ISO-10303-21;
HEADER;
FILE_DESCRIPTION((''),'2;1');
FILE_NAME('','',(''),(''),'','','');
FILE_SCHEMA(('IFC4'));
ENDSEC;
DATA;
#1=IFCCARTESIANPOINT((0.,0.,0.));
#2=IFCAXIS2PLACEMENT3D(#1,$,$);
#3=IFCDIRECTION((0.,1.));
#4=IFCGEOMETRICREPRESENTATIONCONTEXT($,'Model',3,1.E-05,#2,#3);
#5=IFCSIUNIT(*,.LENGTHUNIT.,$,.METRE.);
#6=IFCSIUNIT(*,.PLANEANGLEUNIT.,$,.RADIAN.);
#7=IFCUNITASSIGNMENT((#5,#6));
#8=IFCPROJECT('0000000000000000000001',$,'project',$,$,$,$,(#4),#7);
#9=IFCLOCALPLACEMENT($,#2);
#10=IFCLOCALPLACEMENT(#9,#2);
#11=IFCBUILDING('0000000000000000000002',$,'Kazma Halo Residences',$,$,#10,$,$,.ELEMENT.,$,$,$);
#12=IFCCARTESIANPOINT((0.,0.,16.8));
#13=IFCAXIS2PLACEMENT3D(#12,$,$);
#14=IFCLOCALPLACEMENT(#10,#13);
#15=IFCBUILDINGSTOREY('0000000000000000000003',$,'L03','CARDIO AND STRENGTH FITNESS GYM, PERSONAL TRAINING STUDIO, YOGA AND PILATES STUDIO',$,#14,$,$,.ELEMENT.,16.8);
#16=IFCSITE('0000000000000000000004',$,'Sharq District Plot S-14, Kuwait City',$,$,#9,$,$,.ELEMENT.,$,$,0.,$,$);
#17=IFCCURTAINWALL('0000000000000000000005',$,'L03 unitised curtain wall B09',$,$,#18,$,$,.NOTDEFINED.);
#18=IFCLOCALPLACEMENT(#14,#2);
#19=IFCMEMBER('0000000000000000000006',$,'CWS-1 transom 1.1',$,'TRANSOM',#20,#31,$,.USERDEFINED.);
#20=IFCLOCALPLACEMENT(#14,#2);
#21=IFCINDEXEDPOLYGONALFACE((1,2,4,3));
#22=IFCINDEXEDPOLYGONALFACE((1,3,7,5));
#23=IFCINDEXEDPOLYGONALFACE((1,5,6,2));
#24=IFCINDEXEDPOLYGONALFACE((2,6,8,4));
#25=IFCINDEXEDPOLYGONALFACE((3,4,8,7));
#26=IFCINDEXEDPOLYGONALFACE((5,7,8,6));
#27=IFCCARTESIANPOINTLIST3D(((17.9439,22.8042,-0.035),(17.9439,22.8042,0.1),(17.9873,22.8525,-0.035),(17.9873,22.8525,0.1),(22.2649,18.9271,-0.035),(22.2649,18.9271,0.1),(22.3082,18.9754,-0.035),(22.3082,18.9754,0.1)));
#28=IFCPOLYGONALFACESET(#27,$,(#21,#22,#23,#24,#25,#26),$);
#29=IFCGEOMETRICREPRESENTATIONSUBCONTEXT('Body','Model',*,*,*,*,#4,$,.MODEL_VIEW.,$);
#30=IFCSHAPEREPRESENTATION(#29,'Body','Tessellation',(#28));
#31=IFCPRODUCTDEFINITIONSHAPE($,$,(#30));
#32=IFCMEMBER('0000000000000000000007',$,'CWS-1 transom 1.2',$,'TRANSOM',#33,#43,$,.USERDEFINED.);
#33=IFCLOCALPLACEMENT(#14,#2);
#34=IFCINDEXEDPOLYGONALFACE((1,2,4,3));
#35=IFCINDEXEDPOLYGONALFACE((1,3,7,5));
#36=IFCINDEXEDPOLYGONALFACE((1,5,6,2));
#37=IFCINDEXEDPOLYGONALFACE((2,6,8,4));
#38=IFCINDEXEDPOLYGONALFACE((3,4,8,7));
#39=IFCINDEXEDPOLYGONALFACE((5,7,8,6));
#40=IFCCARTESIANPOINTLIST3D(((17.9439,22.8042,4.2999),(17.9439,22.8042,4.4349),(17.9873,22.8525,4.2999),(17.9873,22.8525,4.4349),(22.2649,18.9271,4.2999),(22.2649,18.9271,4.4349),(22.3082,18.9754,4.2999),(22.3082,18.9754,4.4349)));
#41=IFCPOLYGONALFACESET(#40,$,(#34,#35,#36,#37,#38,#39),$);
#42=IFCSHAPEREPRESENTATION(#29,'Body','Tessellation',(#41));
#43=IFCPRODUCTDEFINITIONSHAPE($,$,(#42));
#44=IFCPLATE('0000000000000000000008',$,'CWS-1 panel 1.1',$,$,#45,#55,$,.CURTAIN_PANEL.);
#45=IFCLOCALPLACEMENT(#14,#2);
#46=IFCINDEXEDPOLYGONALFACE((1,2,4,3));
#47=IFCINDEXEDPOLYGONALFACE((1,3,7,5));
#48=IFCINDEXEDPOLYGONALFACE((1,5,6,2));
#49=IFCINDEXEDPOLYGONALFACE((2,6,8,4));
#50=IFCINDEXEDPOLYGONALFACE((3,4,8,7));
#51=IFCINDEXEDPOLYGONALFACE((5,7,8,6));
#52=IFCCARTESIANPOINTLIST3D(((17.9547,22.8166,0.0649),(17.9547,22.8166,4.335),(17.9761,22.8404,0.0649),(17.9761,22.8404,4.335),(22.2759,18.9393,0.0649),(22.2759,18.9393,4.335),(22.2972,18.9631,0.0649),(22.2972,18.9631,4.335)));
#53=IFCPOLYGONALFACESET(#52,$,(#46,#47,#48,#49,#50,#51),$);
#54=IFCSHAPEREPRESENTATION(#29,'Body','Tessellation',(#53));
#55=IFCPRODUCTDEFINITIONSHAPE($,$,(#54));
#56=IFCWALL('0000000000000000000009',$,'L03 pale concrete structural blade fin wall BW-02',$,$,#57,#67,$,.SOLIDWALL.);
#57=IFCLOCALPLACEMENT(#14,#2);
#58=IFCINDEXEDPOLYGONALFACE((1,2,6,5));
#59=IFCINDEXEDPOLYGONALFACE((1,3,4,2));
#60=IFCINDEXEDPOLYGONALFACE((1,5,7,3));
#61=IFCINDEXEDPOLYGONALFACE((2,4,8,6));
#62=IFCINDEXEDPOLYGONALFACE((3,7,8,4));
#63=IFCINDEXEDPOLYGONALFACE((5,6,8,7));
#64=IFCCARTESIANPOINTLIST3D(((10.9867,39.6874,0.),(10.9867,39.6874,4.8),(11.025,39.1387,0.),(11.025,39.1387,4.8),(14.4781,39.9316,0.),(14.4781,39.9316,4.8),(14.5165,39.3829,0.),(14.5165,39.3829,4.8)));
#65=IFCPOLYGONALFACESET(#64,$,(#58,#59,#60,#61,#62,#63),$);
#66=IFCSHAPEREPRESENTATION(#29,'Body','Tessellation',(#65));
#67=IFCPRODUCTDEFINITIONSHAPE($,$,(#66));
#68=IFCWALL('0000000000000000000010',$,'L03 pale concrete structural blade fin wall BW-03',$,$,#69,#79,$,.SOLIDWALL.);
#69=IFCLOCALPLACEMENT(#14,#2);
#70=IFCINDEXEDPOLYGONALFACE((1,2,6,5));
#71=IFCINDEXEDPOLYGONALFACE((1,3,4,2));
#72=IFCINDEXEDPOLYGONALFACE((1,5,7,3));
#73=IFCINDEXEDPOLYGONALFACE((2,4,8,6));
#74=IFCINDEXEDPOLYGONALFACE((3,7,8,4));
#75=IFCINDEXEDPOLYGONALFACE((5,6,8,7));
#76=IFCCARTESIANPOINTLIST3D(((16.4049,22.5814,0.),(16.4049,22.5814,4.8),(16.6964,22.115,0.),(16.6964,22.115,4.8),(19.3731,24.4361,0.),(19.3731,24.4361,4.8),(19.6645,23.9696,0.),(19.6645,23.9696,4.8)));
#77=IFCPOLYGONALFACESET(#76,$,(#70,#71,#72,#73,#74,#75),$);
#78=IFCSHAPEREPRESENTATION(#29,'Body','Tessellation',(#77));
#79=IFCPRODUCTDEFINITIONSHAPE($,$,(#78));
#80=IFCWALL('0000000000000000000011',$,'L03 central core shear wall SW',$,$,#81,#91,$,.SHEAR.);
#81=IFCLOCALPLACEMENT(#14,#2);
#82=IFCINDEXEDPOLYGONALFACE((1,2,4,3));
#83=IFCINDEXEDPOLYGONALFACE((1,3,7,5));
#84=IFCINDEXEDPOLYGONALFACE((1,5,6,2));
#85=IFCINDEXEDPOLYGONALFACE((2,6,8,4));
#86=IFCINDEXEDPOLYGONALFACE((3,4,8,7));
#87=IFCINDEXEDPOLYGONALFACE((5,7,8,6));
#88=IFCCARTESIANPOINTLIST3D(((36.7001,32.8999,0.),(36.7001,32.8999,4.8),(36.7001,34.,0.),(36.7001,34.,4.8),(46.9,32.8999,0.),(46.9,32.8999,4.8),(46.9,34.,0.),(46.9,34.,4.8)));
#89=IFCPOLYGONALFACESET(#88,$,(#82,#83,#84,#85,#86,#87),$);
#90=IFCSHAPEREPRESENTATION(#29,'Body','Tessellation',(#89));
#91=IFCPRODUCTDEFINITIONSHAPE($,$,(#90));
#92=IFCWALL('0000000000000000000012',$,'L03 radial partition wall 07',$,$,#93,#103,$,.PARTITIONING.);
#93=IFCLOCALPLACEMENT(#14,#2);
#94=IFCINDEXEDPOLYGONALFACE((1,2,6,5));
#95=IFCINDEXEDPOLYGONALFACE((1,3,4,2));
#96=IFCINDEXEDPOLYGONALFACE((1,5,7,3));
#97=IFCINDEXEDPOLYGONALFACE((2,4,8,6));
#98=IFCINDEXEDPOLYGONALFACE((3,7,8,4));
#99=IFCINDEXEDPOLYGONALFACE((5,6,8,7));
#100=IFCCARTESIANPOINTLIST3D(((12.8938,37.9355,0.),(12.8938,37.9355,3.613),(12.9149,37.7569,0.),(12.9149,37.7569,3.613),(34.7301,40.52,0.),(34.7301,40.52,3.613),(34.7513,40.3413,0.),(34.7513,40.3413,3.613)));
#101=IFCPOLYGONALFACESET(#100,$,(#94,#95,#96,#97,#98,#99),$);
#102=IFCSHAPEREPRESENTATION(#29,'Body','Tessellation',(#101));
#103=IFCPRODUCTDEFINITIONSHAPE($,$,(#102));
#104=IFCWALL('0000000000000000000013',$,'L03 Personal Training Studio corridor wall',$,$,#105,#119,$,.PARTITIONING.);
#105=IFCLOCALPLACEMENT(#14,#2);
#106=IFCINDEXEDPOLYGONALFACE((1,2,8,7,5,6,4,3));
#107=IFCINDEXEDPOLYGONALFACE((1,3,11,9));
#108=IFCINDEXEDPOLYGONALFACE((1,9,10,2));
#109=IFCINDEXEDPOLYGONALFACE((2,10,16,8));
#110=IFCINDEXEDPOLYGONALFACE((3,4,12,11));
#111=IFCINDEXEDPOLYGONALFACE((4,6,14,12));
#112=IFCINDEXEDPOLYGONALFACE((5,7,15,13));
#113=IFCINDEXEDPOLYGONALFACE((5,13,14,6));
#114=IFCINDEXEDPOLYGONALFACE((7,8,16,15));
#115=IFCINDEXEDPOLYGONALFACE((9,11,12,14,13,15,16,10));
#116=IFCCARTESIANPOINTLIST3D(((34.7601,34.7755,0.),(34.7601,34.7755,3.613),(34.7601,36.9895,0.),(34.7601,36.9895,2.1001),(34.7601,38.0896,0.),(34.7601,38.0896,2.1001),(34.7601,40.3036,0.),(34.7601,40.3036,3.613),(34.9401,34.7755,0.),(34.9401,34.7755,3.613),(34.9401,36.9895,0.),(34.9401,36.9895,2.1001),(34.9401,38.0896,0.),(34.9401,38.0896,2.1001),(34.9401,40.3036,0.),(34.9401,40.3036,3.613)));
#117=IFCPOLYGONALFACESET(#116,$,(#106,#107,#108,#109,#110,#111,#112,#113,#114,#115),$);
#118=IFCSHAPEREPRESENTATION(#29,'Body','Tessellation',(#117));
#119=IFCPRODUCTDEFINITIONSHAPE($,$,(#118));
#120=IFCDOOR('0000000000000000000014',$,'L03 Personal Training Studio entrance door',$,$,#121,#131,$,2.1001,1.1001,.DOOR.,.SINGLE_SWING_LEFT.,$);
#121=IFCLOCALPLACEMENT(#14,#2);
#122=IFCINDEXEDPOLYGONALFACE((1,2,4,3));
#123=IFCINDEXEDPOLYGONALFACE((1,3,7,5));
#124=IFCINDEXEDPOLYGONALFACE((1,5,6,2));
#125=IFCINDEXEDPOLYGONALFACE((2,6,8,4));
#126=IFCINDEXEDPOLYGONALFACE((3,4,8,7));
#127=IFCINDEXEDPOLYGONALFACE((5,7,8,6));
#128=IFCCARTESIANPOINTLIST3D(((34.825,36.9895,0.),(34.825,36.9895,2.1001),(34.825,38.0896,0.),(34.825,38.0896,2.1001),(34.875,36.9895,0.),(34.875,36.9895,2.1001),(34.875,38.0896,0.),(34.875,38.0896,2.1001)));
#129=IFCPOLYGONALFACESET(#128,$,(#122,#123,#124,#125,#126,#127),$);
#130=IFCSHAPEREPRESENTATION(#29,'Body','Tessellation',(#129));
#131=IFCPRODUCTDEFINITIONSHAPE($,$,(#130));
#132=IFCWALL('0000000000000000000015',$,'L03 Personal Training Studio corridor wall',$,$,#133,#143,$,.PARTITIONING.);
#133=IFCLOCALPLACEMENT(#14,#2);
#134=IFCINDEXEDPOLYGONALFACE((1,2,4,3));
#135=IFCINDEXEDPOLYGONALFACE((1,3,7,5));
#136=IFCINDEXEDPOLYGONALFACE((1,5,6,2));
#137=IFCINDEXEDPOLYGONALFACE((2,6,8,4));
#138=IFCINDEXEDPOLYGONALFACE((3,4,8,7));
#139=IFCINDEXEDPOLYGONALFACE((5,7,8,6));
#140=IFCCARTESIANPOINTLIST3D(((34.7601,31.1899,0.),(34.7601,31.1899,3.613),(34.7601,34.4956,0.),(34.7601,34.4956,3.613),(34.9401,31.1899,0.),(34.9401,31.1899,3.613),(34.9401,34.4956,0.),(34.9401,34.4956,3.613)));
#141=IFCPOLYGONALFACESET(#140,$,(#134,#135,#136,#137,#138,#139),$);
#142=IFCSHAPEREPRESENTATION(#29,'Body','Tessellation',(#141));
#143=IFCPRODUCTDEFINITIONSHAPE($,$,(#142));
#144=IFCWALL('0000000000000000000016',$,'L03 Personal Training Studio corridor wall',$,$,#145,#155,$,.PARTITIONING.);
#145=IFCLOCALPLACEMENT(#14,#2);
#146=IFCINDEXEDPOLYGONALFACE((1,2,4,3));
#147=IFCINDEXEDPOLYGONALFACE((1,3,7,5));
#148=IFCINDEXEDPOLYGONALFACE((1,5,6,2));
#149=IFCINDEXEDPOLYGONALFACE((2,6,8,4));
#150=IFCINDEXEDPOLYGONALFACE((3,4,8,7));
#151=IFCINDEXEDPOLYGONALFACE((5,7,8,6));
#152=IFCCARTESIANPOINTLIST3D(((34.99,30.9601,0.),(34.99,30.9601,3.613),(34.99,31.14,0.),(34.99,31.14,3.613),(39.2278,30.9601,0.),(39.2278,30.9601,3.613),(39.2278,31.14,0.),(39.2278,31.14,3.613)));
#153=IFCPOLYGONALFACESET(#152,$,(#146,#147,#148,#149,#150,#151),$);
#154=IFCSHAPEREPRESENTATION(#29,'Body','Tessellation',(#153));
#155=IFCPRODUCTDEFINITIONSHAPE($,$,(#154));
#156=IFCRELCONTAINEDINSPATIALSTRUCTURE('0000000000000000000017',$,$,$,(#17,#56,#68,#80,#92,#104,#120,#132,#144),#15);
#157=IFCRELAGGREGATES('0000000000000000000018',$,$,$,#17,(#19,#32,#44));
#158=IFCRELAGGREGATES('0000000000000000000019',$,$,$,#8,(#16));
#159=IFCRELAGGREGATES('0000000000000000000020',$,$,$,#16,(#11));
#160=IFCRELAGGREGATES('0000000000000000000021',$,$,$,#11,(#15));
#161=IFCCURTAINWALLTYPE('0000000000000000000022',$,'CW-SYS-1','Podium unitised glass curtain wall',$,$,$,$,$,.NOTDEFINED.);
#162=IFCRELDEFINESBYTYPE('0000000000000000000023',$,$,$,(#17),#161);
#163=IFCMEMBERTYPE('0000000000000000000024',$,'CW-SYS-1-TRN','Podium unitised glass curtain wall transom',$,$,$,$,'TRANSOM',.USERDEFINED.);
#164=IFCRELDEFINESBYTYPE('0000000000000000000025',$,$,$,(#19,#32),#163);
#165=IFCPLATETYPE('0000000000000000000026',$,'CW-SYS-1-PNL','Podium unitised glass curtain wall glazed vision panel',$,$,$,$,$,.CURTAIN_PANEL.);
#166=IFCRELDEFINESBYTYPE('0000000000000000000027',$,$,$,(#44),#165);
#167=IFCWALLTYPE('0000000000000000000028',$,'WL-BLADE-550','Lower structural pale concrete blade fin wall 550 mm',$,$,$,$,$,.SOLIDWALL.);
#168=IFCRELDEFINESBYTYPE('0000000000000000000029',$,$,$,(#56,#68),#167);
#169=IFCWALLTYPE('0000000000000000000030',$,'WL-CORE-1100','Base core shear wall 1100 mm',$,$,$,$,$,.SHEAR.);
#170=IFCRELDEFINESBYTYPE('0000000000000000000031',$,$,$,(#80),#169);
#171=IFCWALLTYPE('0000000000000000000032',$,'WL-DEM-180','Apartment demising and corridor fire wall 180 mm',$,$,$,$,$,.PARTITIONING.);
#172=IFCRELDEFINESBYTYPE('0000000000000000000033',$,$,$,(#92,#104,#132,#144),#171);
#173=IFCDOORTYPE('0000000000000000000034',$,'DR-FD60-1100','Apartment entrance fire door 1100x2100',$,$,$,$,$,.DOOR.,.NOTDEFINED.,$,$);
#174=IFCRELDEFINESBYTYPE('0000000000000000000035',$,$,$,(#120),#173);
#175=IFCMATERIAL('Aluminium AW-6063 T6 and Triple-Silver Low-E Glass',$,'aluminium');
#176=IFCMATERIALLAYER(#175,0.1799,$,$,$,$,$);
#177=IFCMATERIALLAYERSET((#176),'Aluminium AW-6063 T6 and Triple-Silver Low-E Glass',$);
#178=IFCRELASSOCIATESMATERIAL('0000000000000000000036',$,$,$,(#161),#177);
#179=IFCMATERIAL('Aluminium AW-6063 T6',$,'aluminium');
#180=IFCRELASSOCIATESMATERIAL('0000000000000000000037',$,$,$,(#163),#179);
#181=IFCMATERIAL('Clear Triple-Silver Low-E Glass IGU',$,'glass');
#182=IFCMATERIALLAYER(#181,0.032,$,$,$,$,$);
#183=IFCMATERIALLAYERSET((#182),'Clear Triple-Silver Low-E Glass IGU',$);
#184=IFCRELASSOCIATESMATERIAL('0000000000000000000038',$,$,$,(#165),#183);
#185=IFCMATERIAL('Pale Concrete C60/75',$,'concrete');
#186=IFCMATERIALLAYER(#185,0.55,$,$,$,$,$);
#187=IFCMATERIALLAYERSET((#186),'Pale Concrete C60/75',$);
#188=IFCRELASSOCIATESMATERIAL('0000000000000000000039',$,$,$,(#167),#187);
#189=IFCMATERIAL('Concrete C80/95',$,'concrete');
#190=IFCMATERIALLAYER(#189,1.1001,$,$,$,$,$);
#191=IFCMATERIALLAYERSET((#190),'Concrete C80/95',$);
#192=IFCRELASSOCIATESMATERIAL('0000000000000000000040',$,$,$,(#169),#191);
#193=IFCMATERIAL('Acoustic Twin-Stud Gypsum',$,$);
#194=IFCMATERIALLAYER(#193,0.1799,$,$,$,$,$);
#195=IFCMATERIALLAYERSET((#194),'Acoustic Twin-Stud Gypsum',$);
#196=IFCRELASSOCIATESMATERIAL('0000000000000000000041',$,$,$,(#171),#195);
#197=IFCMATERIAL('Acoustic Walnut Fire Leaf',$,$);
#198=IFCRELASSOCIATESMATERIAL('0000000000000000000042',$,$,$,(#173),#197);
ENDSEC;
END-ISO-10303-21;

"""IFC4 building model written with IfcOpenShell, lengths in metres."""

from ifc_helpers import new_model, si_unit, direction, frame, frame_2d, origin, origin_2d, place, context, subcontext, project, spatial, rectangle, extrude, material, layer, layer_set, material_profile, profile_set, type_object, element, fill, aggregate, save


model = new_model("IFC4")

# Units and contexts
model_context = context("Model", 3, precision=1e-05, world=origin(), true_north=direction((0.0, 1.0)))
body_context = subcontext(model_context, "Body", "Model", "MODEL_VIEW")
ifc_project = project(units=[si_unit("LENGTHUNIT", "METRE"), si_unit("PLANEANGLEUNIT", "RADIAN")], contexts=[model_context])

# Site, building, storey
site_placement = place(None, origin())
site = spatial("IfcSite", under=ifc_project, at=site_placement, Name="Sharq District Plot S-14, Kuwait City", CompositionType="ELEMENT", RefElevation=0.0)
building_placement = place(site_placement, origin())
building = spatial("IfcBuilding", under=site, at=building_placement, Name="Kazma Halo Residences", CompositionType="ELEMENT")
storey_placement = place(building_placement, frame((0.0, 0.0, 16.8)))
storey = spatial("IfcBuildingStorey", under=building, at=storey_placement, Name="L03", Description="CARDIO AND STRENGTH FITNESS GYM, PERSONAL TRAINING STUDIO, YOGA AND PILATES STUDIO", CompositionType="ELEMENT", Elevation=16.8)

# Shared definitions
ifc_material_1 = material(Name="Concrete C80/95", Category="concrete")

# Shared definitions
ifc_material_2 = material(Name="Aluminium AW-6063 T6 and Triple-Silver Low-E Glass", Category="aluminium")
ifc_layer_1 = layer(ifc_material_2, 0.1799)
ifc_layer_set_1 = layer_set([ifc_layer_1], Name="Aluminium AW-6063 T6 and Triple-Silver Low-E Glass")
curtain_wall_type = type_object("IfcCurtainWallType", Name="CW-SYS-1", Description="Podium unitised glass curtain wall", PredefinedType="NOTDEFINED", material=ifc_layer_set_1)
ifc_material_3 = material(Name="Aluminium AW-6063 T6", Category="aluminium")

# Curtain wall, members, plate
curtain_wall_1_placement = place(storey_placement, origin())
curtain_wall_1 = element("IfcCurtainWall", 1, at=curtain_wall_1_placement, inside=storey, type_object=curtain_wall_type, Name="L03 unitised curtain wall B09", PredefinedType="NOTDEFINED")
ifc_material_profile_1 = material_profile(ifc_material_3, rectangle(XDim=0.0649, YDim=0.135, at=origin_2d()), Name="CWT-65x135")
ifc_profile_set_1 = profile_set([ifc_material_profile_1], Name="Aluminium AW-6063 T6")
member_type_1 = type_object("IfcMemberType", Name="CW-SYS-1-TRN", Description="Podium unitised glass curtain wall transom", ElementType="TRANSOM", PredefinedType="USERDEFINED", material=ifc_profile_set_1)
member_1_placement = place(storey_placement, frame((17.9656, 22.8284, 0.0325), z_axis=(0.744299, -0.667846, 0.0), x_axis=(0.667846, 0.744299, 0.0)))
member_1 = element("IfcMember", 2, at=member_1_placement, type_object=member_type_1, Name="CWS-1 transom 1.1", ObjectType="TRANSOM", PredefinedType="USERDEFINED", context=body_context, shape_type="SweptSolid", body=[
    extrude(rectangle(XDim=0.0649, YDim=0.135, at=origin_2d()), origin(), (0.0, 0.0, 1.0), 5.8054),
])
member_2_placement = place(storey_placement, frame((17.9656, 22.8284, 4.3674), z_axis=(0.744299, -0.667846, 0.0), x_axis=(0.667846, 0.744299, 0.0)))
member_2 = element("IfcMember", 3, at=member_2_placement, type_object=member_type_1, Name="CWS-1 transom 1.2", ObjectType="TRANSOM", PredefinedType="USERDEFINED", context=body_context, shape_type="SweptSolid", body=[
    extrude(rectangle(XDim=0.0649, YDim=0.135, at=origin_2d()), origin(), (0.0, 0.0, 1.0), 5.8054),
])
ifc_material_4 = material(Name="Clear Triple-Silver Low-E Glass IGU", Category="glass")
ifc_layer_2 = layer(ifc_material_4, 0.032)
ifc_layer_set_2 = layer_set([ifc_layer_2], Name="Clear Triple-Silver Low-E Glass IGU")
plate_type = type_object("IfcPlateType", Name="CW-SYS-1-PNL", Description="Podium unitised glass curtain wall glazed vision panel", PredefinedType="CURTAIN_PANEL", material=ifc_layer_set_2)
plate_placement = place(storey_placement, frame((20.126, 20.8899, 0.0649), z_axis=(0.0, 0.0, 1.0), x_axis=(0.744298, -0.667848, 0.0)))
plate = element("IfcPlate", 4, at=plate_placement, type_object=plate_type, Name="CWS-1 panel 1.1", PredefinedType="CURTAIN_PANEL", context=body_context, shape_type="SweptSolid", body=[
    extrude(rectangle(XDim=5.8057, YDim=0.032, at=origin_2d()), origin(), (0.0, 0.0, 1.0), 4.27),
])
aggregate(curtain_wall_1, [member_1, member_2, plate])

# Walls
ifc_material_5 = material(Name="Pale Concrete C60/75", Category="concrete")
ifc_layer_3 = layer(ifc_material_5, 0.55)
ifc_layer_set_3 = layer_set([ifc_layer_3], Name="Pale Concrete C60/75")
wall_type_1 = type_object("IfcWallType", Name="WL-BLADE-550", Description="Lower structural pale concrete blade fin wall 550 mm", PredefinedType="SOLIDWALL", material=ifc_layer_set_3)
for number, where, z_axis, x_axis, name in (
    (5, (14.4973, 39.6572, 0.0), (0.0, 0.0, 1.0), (-0.997564, -0.069755, 0.0), "L03 pale concrete structural blade fin wall BW-02"),
    (6, (19.5188, 24.2029, 0.0), (0.0, 0.0, 1.0), (-0.848053, -0.529911, 0.0), "L03 pale concrete structural blade fin wall BW-03"),
):
    element("IfcWall", number, at=place(storey_placement, frame(where, z_axis=z_axis, x_axis=x_axis)), inside=storey, type_object=wall_type_1, Name=name, PredefinedType="SOLIDWALL", context=body_context, shape_type="SweptSolid", body=[
        extrude(rectangle(XDim=3.5, YDim=0.55, at=frame_2d((1.75, 0.0))), origin(), (0.0, 0.0, 1.0), 4.8),
    ])
ifc_layer_4 = layer(ifc_material_1, 1.1001)
ifc_layer_set_4 = layer_set([ifc_layer_4], Name="Concrete C80/95")
wall_type_2 = type_object("IfcWallType", Name="WL-CORE-1100", Description="Base core shear wall 1100 mm", PredefinedType="SHEAR", material=ifc_layer_set_4)
wall_1_placement = place(storey_placement, frame((36.7, 33.45, 0.0), z_axis=(0.0, 0.0, 1.0), x_axis=(1.0, 0.0, 0.0)))
element("IfcWall", 7, at=wall_1_placement, inside=storey, type_object=wall_type_2, Name="L03 central core shear wall SW", PredefinedType="SHEAR", context=body_context, shape_type="SweptSolid", body=[
    extrude(rectangle(XDim=10.2, YDim=1.1001, at=frame_2d((5.1001, 0.0))), origin(), (0.0, 0.0, 1.0), 4.8),
])
ifc_material_6 = material(Name="Acoustic Twin-Stud Gypsum")
ifc_layer_5 = layer(ifc_material_6, 0.1799)
ifc_layer_set_5 = layer_set([ifc_layer_5], Name="Acoustic Twin-Stud Gypsum")
wall_type_3 = type_object("IfcWallType", Name="WL-DEM-180", Description="Apartment demising and corridor fire wall 180 mm", PredefinedType="PARTITIONING", material=ifc_layer_set_5)
wall_2_placement = place(storey_placement, frame((34.7407, 40.4307, 0.0), z_axis=(0.0, 0.0, 1.0), x_axis=(-0.993069, -0.117536, 0.0)))
element("IfcWall", 8, at=wall_2_placement, inside=storey, type_object=wall_type_3, Name="L03 radial partition wall 07", PredefinedType="PARTITIONING", context=body_context, shape_type="SweptSolid", body=[
    extrude(rectangle(XDim=21.9888, YDim=0.1799, at=frame_2d((10.9944, 0.0))), origin(), (0.0, 0.0, 1.0), 3.613),
])

# Wall, opening, door
wall_3_placement = place(storey_placement, frame((34.8501, 40.3037, 0.0), z_axis=(0.0, 0.0, 1.0), x_axis=(0.0, -1.0, 0.0)))
wall_3 = element("IfcWall", 9, at=wall_3_placement, inside=storey, type_object=wall_type_3, Name="L03 Personal Training Studio corridor wall", PredefinedType="PARTITIONING", context=body_context, shape_type="SweptSolid", body=[
    extrude(rectangle(XDim=5.5281, YDim=0.1799, at=frame_2d((2.7642, 0.0))), origin(), (0.0, 0.0, 1.0), 3.613),
])
opening_1_placement = place(wall_3_placement, frame((2.2141, 0.0, 0.0)))
opening_1 = element("IfcOpeningElement", 10, at=opening_1_placement, cuts=wall_3, PredefinedType="OPENING", context=body_context, shape_type="SweptSolid", body=[
    extrude(rectangle(XDim=1.1001, YDim=2.1001, at=frame_2d((0.55, 1.05))), frame((0.0, 0.0999, 0.0), z_axis=(0.0, -1.0, 0.0), x_axis=(1.0, 0.0, 0.0)), (0.0, 0.0, 1.0), 0.2),
])
ifc_material_7 = material(Name="Acoustic Walnut Fire Leaf")
door_type = type_object("IfcDoorType", Name="DR-FD60-1100", Description="Apartment entrance fire door 1100x2100", OperationType="NOTDEFINED", PredefinedType="DOOR", material=ifc_material_7)
door_placement = place(opening_1_placement, origin())
door = element("IfcDoor", 11, at=door_placement, inside=storey, type_object=door_type, Name="L03 Personal Training Studio entrance door", OperationType="SINGLE_SWING_LEFT", OverallHeight=2.1001, OverallWidth=1.1001, PredefinedType="DOOR", context=body_context, shape_type="SweptSolid", body=[
    extrude(rectangle(XDim=1.1001, YDim=2.1001, at=frame_2d((0.55, 1.05))), frame((0.0, 0.0249, 0.0), z_axis=(0.0, -1.0, 0.0), x_axis=(1.0, 0.0, 0.0)), (0.0, 0.0, 1.0), 0.05),
])
fill(opening_1, door)

# Walls
wall_4_placement = place(storey_placement, frame((34.8501, 34.4956, 0.0), z_axis=(0.0, 0.0, 1.0), x_axis=(0.0, -1.0, 0.0)))
element("IfcWall", 12, at=wall_4_placement, inside=storey, type_object=wall_type_3, Name="L03 Personal Training Studio corridor wall", PredefinedType="PARTITIONING", context=body_context, shape_type="SweptSolid", body=[
    extrude(rectangle(XDim=3.3057, YDim=0.1799, at=frame_2d((1.6528, 0.0))), origin(), (0.0, 0.0, 1.0), 3.613),
])
wall_5_placement = place(storey_placement, frame((34.99, 31.05, 0.0), z_axis=(0.0, 0.0, 1.0), x_axis=(1.0, 0.0, 0.0)))
element("IfcWall", 13, at=wall_5_placement, inside=storey, type_object=wall_type_3, Name="L03 Personal Training Studio corridor wall", PredefinedType="PARTITIONING", context=body_context, shape_type="SweptSolid", body=[
    extrude(rectangle(XDim=4.2378, YDim=0.1799, at=frame_2d((2.1189, 0.0))), origin(), (0.0, 0.0, 1.0), 3.613),
])

save(model, "model.ifc")
